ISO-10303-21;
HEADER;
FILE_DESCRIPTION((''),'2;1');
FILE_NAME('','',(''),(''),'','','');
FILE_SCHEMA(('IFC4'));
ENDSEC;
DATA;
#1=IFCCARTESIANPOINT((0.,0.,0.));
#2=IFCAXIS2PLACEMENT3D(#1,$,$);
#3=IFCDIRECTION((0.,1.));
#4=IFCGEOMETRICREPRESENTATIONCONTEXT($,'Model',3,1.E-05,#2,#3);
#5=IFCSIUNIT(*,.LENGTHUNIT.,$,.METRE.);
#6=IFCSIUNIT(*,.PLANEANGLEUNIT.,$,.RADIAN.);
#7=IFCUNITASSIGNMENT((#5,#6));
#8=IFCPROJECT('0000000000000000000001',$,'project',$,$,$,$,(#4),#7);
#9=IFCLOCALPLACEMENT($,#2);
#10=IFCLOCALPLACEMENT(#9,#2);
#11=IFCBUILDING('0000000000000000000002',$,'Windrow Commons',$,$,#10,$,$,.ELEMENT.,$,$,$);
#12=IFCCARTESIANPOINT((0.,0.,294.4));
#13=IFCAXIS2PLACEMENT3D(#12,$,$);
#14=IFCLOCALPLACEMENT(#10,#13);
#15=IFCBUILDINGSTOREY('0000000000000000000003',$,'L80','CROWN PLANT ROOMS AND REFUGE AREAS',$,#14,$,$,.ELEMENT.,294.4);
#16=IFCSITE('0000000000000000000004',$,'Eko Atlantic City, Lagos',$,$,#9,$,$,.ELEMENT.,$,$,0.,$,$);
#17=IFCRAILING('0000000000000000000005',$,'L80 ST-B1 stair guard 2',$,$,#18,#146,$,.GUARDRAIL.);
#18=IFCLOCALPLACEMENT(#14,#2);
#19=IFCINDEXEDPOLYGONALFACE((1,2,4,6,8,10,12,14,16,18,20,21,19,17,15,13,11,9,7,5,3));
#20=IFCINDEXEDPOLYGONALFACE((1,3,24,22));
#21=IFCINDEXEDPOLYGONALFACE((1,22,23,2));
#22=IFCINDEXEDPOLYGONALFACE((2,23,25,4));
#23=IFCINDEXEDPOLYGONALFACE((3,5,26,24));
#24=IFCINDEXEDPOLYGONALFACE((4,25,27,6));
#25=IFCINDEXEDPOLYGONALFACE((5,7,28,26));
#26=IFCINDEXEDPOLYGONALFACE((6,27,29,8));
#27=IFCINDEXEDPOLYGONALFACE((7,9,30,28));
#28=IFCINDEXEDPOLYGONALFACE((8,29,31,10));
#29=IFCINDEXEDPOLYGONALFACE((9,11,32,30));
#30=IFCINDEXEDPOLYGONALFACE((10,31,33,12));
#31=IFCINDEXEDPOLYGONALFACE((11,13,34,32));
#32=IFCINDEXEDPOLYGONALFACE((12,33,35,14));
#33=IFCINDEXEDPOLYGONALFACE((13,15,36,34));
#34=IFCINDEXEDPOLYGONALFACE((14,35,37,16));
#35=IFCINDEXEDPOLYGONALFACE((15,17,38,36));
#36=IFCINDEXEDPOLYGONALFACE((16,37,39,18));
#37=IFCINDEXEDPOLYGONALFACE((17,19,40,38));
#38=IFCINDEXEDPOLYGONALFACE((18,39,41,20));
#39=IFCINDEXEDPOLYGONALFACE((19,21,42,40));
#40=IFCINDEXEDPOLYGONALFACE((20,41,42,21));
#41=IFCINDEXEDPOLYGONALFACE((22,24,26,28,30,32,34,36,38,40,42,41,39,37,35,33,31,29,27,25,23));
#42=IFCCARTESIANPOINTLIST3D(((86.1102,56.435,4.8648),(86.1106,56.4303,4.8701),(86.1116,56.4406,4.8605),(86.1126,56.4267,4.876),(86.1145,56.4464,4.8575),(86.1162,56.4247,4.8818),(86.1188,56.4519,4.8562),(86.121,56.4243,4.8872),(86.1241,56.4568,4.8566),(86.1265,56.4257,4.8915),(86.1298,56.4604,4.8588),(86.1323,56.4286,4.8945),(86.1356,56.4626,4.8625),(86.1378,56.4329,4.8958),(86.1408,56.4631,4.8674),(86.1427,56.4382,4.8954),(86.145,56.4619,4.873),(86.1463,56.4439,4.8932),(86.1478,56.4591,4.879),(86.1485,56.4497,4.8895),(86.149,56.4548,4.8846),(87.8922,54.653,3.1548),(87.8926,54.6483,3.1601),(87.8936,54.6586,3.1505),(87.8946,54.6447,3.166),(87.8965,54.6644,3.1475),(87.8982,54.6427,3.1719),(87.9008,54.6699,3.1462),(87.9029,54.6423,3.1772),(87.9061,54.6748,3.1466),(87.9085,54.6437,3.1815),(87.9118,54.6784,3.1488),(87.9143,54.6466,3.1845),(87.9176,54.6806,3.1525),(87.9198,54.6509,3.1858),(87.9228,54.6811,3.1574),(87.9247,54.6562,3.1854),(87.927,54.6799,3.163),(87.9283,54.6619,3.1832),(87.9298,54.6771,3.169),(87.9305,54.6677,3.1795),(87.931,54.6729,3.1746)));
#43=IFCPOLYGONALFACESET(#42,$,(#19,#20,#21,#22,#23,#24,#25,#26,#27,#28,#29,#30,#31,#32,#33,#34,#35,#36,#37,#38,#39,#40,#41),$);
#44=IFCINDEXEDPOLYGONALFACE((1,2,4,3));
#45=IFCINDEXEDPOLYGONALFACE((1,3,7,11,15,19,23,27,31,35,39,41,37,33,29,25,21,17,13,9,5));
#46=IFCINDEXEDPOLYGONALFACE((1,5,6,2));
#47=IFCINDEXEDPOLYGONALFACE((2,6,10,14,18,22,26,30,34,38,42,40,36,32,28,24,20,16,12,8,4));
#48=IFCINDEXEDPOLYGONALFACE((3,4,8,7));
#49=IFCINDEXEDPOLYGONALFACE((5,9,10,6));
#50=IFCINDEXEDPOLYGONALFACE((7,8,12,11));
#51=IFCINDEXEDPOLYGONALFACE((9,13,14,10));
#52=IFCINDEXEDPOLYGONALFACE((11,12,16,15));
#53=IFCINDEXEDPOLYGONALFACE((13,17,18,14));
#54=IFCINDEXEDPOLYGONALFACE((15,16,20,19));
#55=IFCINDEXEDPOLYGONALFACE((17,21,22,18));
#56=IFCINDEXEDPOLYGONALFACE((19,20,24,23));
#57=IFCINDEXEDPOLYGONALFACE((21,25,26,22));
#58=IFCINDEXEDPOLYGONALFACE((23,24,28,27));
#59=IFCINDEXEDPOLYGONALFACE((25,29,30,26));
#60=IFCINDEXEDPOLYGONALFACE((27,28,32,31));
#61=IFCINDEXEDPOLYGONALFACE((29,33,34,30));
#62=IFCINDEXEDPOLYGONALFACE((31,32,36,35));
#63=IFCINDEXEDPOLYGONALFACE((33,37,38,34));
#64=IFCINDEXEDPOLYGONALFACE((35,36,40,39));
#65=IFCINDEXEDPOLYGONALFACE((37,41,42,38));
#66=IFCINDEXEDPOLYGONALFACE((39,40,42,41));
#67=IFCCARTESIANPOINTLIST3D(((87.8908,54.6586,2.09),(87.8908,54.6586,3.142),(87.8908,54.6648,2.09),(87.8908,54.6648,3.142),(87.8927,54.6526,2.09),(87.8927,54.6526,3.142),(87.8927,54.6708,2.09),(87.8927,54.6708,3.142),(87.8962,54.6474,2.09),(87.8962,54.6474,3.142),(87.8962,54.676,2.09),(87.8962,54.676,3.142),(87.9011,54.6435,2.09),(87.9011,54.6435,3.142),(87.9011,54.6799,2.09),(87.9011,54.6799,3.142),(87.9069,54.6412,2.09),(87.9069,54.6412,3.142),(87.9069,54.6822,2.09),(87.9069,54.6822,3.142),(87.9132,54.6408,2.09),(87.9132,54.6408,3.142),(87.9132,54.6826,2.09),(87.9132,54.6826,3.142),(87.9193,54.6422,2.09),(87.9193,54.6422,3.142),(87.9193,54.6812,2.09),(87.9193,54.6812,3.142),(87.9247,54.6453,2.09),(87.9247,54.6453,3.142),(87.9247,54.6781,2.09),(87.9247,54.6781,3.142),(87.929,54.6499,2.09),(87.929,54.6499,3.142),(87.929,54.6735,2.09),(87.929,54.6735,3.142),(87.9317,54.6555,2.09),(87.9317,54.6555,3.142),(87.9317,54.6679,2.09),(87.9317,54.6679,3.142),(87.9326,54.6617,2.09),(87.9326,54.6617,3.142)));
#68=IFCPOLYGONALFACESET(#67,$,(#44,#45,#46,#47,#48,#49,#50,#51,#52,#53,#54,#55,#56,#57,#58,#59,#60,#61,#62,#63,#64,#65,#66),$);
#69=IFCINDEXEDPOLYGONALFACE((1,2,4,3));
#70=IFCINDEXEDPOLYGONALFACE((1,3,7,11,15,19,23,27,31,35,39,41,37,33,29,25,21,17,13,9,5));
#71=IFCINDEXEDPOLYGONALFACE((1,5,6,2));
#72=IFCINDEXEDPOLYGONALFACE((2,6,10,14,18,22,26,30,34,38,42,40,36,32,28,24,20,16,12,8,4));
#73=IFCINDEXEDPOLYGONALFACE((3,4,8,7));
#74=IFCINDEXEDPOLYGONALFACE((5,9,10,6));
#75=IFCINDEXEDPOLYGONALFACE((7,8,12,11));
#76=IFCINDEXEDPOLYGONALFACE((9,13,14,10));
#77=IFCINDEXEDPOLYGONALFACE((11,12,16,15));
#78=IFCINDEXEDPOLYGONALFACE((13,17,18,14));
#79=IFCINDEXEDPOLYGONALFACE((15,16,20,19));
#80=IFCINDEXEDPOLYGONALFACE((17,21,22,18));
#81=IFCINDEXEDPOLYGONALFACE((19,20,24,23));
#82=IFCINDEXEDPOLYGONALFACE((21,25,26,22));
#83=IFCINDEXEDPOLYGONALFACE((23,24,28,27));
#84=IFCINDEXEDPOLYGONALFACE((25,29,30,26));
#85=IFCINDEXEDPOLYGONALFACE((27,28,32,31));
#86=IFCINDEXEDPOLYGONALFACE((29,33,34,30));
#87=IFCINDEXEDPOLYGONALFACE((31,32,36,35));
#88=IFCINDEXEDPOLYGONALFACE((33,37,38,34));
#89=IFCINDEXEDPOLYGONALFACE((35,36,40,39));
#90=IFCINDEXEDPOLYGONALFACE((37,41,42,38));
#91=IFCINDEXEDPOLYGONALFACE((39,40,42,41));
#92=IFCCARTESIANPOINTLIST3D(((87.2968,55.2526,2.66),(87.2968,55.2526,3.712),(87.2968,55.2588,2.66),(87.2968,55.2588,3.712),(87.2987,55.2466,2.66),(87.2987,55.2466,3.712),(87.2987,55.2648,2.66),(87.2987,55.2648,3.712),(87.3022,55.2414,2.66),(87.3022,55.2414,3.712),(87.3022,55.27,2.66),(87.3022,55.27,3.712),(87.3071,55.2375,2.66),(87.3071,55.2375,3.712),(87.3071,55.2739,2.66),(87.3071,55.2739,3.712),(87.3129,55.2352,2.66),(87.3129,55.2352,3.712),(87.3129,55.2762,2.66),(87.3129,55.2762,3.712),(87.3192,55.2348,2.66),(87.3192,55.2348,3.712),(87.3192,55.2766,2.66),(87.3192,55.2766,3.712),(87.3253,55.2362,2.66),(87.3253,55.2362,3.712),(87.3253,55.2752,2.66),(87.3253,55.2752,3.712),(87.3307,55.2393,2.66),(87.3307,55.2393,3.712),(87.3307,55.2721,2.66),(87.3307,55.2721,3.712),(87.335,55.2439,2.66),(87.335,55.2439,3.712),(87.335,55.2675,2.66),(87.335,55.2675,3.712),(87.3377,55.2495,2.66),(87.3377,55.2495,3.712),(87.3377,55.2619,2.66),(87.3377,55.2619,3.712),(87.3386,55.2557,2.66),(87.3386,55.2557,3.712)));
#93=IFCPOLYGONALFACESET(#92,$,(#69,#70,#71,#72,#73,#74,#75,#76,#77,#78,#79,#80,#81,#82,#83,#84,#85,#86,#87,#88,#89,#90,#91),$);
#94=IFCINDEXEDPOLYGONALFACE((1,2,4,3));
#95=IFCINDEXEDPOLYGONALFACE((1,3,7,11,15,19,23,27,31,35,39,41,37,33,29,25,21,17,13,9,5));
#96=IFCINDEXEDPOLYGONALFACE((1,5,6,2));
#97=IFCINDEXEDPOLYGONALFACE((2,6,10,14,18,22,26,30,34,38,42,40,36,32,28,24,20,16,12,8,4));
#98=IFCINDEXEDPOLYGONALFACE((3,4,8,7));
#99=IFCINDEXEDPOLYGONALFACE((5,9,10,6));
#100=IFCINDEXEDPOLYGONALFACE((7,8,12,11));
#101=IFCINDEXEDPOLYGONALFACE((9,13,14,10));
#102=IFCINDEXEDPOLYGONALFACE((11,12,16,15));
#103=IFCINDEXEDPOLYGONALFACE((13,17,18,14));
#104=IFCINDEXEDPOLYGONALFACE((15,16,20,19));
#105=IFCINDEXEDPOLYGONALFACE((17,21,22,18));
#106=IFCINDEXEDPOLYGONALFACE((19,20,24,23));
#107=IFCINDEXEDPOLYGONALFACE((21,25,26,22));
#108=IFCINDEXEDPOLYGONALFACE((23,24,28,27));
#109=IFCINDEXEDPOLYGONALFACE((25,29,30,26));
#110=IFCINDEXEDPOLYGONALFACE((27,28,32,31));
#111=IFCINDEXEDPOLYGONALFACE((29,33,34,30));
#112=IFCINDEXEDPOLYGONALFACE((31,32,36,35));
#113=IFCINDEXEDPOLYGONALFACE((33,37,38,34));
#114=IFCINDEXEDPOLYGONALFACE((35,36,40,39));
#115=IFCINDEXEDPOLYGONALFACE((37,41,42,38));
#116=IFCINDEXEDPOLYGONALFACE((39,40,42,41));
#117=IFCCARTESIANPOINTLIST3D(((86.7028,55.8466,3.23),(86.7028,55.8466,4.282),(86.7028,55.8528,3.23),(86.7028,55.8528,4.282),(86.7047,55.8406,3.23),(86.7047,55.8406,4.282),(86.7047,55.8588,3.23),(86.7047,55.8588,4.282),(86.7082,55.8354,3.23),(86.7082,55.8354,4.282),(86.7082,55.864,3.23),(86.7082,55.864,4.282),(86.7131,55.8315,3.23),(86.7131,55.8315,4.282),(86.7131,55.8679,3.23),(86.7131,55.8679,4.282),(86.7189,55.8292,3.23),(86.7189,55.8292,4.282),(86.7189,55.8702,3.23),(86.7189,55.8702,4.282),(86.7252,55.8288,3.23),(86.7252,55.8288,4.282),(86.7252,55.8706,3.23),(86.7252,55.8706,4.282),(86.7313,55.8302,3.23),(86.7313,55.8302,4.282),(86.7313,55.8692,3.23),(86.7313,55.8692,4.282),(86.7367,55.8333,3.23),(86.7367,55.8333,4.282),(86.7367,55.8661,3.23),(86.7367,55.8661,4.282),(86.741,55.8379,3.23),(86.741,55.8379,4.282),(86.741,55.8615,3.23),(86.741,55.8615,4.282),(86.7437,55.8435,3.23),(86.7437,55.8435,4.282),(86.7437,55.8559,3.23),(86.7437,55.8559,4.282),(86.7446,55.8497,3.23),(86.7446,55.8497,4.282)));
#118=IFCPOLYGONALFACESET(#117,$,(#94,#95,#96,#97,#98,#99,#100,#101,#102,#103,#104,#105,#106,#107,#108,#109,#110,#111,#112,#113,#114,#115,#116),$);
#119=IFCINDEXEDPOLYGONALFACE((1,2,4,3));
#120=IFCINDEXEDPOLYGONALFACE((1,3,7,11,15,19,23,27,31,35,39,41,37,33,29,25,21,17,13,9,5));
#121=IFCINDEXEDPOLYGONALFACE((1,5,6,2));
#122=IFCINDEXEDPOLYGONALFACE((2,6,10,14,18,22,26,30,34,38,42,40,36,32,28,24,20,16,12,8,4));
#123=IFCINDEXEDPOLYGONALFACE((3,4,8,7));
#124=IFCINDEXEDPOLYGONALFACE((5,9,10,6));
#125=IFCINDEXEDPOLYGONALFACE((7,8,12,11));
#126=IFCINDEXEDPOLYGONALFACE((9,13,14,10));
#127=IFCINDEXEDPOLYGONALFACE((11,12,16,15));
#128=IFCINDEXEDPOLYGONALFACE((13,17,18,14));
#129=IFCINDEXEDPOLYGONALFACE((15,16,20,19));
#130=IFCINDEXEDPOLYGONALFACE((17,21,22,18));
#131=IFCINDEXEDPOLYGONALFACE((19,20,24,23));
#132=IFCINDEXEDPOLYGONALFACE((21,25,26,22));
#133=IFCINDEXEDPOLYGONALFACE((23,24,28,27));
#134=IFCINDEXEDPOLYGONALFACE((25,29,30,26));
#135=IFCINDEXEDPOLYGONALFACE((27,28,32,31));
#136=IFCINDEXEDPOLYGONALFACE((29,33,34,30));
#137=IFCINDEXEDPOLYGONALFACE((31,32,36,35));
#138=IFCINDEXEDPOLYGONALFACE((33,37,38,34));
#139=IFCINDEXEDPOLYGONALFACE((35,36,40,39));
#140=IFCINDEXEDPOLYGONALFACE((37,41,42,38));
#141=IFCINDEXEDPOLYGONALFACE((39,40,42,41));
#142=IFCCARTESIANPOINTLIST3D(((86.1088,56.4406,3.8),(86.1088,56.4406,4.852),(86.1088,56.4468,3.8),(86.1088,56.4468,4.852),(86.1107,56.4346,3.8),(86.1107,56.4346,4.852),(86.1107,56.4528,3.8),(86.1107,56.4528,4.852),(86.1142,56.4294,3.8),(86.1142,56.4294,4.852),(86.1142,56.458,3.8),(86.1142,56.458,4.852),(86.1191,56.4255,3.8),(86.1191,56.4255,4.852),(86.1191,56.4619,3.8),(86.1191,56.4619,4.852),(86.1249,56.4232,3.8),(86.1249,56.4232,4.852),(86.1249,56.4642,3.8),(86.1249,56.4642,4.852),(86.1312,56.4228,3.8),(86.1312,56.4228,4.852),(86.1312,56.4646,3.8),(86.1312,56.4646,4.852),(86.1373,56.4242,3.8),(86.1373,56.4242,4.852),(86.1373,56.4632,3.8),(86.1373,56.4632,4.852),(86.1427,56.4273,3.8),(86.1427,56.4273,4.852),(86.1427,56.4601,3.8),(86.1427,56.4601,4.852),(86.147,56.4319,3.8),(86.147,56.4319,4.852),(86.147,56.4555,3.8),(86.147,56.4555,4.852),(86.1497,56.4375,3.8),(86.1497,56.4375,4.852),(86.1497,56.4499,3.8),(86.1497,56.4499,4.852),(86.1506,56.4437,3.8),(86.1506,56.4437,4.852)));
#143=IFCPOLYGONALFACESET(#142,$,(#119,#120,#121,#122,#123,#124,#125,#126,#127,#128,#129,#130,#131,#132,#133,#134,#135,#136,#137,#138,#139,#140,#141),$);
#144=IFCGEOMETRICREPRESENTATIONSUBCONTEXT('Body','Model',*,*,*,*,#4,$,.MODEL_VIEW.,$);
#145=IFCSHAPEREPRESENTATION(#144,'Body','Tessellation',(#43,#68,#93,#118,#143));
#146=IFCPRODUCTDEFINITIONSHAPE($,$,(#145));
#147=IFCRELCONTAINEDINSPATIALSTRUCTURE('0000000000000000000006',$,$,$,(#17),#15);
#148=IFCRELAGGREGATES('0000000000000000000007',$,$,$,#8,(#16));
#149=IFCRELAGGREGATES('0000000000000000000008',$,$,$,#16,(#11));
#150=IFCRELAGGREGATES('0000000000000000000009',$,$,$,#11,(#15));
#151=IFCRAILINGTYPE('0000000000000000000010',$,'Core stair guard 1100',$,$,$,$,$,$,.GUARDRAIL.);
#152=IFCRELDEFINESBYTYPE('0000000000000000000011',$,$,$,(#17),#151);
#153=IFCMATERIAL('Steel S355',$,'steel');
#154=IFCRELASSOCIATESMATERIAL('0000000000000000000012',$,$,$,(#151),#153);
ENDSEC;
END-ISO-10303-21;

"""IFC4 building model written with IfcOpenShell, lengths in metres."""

from ifc_helpers import new_model, si_unit, direction, frame, origin, origin_2d, place, context, subcontext, project, spatial, circle, extrude, material, type_object, element, save


model = new_model("IFC4")

# Units and contexts
model_context = context("Model", 3, precision=1e-05, world=origin(), true_north=direction((0.0, 1.0)))
body_context = subcontext(model_context, "Body", "Model", "MODEL_VIEW")
ifc_project = project(units=[si_unit("LENGTHUNIT", "METRE"), si_unit("PLANEANGLEUNIT", "RADIAN")], contexts=[model_context])

# Site, building, storey
site_placement = place(None, origin())
site = spatial("IfcSite", under=ifc_project, at=site_placement, Name="Eko Atlantic City, Lagos", CompositionType="ELEMENT", RefElevation=0.0)
building_placement = place(site_placement, origin())
building = spatial("IfcBuilding", under=site, at=building_placement, Name="Windrow Commons", CompositionType="ELEMENT")
storey_placement = place(building_placement, frame((0.0, 0.0, 294.4)))
storey = spatial("IfcBuildingStorey", under=building, at=storey_placement, Name="L80", Description="CROWN PLANT ROOMS AND REFUGE AREAS", CompositionType="ELEMENT", Elevation=294.4)

# Railing
ifc_material_1 = material(Name="Steel S355", Category="steel")
railing_type_1 = type_object("IfcRailingType", Name="Core stair guard 1100", PredefinedType="GUARDRAIL", material=ifc_material_1)
railing_1_placement = place(storey_placement, frame((87.9116, 54.6617, 2.09)))
element("IfcRailing", 1, at=railing_1_placement, inside=storey, type_object=railing_type_1, Name="L80 ST-B1 stair guard 2", PredefinedType="GUARDRAIL", context=body_context, shape_type="SweptSolid", body=[
    extrude(circle(Radius=0.024, at=origin_2d()), frame((0.0, 0.0, 1.076), z_axis=(-0.585123, 0.585123, 0.561482), x_axis=(-0.707107, -0.707107, 0.0)), (0.0, 0.0, 1.0), 3.0455),
    extrude(circle(Radius=0.021, at=origin_2d()), origin(), (0.0, 0.0, 1.0), 1.052),
    extrude(circle(Radius=0.021, at=origin_2d()), frame((-0.594, 0.594, 0.57)), (0.0, 0.0, 1.0), 1.052),
    extrude(circle(Radius=0.021, at=origin_2d()), frame((-1.188, 1.188, 1.14)), (0.0, 0.0, 1.0), 1.052),
    extrude(circle(Radius=0.021, at=origin_2d()), frame((-1.782, 1.782, 1.71)), (0.0, 0.0, 1.0), 1.052),
])

save(model, "model.ifc")
